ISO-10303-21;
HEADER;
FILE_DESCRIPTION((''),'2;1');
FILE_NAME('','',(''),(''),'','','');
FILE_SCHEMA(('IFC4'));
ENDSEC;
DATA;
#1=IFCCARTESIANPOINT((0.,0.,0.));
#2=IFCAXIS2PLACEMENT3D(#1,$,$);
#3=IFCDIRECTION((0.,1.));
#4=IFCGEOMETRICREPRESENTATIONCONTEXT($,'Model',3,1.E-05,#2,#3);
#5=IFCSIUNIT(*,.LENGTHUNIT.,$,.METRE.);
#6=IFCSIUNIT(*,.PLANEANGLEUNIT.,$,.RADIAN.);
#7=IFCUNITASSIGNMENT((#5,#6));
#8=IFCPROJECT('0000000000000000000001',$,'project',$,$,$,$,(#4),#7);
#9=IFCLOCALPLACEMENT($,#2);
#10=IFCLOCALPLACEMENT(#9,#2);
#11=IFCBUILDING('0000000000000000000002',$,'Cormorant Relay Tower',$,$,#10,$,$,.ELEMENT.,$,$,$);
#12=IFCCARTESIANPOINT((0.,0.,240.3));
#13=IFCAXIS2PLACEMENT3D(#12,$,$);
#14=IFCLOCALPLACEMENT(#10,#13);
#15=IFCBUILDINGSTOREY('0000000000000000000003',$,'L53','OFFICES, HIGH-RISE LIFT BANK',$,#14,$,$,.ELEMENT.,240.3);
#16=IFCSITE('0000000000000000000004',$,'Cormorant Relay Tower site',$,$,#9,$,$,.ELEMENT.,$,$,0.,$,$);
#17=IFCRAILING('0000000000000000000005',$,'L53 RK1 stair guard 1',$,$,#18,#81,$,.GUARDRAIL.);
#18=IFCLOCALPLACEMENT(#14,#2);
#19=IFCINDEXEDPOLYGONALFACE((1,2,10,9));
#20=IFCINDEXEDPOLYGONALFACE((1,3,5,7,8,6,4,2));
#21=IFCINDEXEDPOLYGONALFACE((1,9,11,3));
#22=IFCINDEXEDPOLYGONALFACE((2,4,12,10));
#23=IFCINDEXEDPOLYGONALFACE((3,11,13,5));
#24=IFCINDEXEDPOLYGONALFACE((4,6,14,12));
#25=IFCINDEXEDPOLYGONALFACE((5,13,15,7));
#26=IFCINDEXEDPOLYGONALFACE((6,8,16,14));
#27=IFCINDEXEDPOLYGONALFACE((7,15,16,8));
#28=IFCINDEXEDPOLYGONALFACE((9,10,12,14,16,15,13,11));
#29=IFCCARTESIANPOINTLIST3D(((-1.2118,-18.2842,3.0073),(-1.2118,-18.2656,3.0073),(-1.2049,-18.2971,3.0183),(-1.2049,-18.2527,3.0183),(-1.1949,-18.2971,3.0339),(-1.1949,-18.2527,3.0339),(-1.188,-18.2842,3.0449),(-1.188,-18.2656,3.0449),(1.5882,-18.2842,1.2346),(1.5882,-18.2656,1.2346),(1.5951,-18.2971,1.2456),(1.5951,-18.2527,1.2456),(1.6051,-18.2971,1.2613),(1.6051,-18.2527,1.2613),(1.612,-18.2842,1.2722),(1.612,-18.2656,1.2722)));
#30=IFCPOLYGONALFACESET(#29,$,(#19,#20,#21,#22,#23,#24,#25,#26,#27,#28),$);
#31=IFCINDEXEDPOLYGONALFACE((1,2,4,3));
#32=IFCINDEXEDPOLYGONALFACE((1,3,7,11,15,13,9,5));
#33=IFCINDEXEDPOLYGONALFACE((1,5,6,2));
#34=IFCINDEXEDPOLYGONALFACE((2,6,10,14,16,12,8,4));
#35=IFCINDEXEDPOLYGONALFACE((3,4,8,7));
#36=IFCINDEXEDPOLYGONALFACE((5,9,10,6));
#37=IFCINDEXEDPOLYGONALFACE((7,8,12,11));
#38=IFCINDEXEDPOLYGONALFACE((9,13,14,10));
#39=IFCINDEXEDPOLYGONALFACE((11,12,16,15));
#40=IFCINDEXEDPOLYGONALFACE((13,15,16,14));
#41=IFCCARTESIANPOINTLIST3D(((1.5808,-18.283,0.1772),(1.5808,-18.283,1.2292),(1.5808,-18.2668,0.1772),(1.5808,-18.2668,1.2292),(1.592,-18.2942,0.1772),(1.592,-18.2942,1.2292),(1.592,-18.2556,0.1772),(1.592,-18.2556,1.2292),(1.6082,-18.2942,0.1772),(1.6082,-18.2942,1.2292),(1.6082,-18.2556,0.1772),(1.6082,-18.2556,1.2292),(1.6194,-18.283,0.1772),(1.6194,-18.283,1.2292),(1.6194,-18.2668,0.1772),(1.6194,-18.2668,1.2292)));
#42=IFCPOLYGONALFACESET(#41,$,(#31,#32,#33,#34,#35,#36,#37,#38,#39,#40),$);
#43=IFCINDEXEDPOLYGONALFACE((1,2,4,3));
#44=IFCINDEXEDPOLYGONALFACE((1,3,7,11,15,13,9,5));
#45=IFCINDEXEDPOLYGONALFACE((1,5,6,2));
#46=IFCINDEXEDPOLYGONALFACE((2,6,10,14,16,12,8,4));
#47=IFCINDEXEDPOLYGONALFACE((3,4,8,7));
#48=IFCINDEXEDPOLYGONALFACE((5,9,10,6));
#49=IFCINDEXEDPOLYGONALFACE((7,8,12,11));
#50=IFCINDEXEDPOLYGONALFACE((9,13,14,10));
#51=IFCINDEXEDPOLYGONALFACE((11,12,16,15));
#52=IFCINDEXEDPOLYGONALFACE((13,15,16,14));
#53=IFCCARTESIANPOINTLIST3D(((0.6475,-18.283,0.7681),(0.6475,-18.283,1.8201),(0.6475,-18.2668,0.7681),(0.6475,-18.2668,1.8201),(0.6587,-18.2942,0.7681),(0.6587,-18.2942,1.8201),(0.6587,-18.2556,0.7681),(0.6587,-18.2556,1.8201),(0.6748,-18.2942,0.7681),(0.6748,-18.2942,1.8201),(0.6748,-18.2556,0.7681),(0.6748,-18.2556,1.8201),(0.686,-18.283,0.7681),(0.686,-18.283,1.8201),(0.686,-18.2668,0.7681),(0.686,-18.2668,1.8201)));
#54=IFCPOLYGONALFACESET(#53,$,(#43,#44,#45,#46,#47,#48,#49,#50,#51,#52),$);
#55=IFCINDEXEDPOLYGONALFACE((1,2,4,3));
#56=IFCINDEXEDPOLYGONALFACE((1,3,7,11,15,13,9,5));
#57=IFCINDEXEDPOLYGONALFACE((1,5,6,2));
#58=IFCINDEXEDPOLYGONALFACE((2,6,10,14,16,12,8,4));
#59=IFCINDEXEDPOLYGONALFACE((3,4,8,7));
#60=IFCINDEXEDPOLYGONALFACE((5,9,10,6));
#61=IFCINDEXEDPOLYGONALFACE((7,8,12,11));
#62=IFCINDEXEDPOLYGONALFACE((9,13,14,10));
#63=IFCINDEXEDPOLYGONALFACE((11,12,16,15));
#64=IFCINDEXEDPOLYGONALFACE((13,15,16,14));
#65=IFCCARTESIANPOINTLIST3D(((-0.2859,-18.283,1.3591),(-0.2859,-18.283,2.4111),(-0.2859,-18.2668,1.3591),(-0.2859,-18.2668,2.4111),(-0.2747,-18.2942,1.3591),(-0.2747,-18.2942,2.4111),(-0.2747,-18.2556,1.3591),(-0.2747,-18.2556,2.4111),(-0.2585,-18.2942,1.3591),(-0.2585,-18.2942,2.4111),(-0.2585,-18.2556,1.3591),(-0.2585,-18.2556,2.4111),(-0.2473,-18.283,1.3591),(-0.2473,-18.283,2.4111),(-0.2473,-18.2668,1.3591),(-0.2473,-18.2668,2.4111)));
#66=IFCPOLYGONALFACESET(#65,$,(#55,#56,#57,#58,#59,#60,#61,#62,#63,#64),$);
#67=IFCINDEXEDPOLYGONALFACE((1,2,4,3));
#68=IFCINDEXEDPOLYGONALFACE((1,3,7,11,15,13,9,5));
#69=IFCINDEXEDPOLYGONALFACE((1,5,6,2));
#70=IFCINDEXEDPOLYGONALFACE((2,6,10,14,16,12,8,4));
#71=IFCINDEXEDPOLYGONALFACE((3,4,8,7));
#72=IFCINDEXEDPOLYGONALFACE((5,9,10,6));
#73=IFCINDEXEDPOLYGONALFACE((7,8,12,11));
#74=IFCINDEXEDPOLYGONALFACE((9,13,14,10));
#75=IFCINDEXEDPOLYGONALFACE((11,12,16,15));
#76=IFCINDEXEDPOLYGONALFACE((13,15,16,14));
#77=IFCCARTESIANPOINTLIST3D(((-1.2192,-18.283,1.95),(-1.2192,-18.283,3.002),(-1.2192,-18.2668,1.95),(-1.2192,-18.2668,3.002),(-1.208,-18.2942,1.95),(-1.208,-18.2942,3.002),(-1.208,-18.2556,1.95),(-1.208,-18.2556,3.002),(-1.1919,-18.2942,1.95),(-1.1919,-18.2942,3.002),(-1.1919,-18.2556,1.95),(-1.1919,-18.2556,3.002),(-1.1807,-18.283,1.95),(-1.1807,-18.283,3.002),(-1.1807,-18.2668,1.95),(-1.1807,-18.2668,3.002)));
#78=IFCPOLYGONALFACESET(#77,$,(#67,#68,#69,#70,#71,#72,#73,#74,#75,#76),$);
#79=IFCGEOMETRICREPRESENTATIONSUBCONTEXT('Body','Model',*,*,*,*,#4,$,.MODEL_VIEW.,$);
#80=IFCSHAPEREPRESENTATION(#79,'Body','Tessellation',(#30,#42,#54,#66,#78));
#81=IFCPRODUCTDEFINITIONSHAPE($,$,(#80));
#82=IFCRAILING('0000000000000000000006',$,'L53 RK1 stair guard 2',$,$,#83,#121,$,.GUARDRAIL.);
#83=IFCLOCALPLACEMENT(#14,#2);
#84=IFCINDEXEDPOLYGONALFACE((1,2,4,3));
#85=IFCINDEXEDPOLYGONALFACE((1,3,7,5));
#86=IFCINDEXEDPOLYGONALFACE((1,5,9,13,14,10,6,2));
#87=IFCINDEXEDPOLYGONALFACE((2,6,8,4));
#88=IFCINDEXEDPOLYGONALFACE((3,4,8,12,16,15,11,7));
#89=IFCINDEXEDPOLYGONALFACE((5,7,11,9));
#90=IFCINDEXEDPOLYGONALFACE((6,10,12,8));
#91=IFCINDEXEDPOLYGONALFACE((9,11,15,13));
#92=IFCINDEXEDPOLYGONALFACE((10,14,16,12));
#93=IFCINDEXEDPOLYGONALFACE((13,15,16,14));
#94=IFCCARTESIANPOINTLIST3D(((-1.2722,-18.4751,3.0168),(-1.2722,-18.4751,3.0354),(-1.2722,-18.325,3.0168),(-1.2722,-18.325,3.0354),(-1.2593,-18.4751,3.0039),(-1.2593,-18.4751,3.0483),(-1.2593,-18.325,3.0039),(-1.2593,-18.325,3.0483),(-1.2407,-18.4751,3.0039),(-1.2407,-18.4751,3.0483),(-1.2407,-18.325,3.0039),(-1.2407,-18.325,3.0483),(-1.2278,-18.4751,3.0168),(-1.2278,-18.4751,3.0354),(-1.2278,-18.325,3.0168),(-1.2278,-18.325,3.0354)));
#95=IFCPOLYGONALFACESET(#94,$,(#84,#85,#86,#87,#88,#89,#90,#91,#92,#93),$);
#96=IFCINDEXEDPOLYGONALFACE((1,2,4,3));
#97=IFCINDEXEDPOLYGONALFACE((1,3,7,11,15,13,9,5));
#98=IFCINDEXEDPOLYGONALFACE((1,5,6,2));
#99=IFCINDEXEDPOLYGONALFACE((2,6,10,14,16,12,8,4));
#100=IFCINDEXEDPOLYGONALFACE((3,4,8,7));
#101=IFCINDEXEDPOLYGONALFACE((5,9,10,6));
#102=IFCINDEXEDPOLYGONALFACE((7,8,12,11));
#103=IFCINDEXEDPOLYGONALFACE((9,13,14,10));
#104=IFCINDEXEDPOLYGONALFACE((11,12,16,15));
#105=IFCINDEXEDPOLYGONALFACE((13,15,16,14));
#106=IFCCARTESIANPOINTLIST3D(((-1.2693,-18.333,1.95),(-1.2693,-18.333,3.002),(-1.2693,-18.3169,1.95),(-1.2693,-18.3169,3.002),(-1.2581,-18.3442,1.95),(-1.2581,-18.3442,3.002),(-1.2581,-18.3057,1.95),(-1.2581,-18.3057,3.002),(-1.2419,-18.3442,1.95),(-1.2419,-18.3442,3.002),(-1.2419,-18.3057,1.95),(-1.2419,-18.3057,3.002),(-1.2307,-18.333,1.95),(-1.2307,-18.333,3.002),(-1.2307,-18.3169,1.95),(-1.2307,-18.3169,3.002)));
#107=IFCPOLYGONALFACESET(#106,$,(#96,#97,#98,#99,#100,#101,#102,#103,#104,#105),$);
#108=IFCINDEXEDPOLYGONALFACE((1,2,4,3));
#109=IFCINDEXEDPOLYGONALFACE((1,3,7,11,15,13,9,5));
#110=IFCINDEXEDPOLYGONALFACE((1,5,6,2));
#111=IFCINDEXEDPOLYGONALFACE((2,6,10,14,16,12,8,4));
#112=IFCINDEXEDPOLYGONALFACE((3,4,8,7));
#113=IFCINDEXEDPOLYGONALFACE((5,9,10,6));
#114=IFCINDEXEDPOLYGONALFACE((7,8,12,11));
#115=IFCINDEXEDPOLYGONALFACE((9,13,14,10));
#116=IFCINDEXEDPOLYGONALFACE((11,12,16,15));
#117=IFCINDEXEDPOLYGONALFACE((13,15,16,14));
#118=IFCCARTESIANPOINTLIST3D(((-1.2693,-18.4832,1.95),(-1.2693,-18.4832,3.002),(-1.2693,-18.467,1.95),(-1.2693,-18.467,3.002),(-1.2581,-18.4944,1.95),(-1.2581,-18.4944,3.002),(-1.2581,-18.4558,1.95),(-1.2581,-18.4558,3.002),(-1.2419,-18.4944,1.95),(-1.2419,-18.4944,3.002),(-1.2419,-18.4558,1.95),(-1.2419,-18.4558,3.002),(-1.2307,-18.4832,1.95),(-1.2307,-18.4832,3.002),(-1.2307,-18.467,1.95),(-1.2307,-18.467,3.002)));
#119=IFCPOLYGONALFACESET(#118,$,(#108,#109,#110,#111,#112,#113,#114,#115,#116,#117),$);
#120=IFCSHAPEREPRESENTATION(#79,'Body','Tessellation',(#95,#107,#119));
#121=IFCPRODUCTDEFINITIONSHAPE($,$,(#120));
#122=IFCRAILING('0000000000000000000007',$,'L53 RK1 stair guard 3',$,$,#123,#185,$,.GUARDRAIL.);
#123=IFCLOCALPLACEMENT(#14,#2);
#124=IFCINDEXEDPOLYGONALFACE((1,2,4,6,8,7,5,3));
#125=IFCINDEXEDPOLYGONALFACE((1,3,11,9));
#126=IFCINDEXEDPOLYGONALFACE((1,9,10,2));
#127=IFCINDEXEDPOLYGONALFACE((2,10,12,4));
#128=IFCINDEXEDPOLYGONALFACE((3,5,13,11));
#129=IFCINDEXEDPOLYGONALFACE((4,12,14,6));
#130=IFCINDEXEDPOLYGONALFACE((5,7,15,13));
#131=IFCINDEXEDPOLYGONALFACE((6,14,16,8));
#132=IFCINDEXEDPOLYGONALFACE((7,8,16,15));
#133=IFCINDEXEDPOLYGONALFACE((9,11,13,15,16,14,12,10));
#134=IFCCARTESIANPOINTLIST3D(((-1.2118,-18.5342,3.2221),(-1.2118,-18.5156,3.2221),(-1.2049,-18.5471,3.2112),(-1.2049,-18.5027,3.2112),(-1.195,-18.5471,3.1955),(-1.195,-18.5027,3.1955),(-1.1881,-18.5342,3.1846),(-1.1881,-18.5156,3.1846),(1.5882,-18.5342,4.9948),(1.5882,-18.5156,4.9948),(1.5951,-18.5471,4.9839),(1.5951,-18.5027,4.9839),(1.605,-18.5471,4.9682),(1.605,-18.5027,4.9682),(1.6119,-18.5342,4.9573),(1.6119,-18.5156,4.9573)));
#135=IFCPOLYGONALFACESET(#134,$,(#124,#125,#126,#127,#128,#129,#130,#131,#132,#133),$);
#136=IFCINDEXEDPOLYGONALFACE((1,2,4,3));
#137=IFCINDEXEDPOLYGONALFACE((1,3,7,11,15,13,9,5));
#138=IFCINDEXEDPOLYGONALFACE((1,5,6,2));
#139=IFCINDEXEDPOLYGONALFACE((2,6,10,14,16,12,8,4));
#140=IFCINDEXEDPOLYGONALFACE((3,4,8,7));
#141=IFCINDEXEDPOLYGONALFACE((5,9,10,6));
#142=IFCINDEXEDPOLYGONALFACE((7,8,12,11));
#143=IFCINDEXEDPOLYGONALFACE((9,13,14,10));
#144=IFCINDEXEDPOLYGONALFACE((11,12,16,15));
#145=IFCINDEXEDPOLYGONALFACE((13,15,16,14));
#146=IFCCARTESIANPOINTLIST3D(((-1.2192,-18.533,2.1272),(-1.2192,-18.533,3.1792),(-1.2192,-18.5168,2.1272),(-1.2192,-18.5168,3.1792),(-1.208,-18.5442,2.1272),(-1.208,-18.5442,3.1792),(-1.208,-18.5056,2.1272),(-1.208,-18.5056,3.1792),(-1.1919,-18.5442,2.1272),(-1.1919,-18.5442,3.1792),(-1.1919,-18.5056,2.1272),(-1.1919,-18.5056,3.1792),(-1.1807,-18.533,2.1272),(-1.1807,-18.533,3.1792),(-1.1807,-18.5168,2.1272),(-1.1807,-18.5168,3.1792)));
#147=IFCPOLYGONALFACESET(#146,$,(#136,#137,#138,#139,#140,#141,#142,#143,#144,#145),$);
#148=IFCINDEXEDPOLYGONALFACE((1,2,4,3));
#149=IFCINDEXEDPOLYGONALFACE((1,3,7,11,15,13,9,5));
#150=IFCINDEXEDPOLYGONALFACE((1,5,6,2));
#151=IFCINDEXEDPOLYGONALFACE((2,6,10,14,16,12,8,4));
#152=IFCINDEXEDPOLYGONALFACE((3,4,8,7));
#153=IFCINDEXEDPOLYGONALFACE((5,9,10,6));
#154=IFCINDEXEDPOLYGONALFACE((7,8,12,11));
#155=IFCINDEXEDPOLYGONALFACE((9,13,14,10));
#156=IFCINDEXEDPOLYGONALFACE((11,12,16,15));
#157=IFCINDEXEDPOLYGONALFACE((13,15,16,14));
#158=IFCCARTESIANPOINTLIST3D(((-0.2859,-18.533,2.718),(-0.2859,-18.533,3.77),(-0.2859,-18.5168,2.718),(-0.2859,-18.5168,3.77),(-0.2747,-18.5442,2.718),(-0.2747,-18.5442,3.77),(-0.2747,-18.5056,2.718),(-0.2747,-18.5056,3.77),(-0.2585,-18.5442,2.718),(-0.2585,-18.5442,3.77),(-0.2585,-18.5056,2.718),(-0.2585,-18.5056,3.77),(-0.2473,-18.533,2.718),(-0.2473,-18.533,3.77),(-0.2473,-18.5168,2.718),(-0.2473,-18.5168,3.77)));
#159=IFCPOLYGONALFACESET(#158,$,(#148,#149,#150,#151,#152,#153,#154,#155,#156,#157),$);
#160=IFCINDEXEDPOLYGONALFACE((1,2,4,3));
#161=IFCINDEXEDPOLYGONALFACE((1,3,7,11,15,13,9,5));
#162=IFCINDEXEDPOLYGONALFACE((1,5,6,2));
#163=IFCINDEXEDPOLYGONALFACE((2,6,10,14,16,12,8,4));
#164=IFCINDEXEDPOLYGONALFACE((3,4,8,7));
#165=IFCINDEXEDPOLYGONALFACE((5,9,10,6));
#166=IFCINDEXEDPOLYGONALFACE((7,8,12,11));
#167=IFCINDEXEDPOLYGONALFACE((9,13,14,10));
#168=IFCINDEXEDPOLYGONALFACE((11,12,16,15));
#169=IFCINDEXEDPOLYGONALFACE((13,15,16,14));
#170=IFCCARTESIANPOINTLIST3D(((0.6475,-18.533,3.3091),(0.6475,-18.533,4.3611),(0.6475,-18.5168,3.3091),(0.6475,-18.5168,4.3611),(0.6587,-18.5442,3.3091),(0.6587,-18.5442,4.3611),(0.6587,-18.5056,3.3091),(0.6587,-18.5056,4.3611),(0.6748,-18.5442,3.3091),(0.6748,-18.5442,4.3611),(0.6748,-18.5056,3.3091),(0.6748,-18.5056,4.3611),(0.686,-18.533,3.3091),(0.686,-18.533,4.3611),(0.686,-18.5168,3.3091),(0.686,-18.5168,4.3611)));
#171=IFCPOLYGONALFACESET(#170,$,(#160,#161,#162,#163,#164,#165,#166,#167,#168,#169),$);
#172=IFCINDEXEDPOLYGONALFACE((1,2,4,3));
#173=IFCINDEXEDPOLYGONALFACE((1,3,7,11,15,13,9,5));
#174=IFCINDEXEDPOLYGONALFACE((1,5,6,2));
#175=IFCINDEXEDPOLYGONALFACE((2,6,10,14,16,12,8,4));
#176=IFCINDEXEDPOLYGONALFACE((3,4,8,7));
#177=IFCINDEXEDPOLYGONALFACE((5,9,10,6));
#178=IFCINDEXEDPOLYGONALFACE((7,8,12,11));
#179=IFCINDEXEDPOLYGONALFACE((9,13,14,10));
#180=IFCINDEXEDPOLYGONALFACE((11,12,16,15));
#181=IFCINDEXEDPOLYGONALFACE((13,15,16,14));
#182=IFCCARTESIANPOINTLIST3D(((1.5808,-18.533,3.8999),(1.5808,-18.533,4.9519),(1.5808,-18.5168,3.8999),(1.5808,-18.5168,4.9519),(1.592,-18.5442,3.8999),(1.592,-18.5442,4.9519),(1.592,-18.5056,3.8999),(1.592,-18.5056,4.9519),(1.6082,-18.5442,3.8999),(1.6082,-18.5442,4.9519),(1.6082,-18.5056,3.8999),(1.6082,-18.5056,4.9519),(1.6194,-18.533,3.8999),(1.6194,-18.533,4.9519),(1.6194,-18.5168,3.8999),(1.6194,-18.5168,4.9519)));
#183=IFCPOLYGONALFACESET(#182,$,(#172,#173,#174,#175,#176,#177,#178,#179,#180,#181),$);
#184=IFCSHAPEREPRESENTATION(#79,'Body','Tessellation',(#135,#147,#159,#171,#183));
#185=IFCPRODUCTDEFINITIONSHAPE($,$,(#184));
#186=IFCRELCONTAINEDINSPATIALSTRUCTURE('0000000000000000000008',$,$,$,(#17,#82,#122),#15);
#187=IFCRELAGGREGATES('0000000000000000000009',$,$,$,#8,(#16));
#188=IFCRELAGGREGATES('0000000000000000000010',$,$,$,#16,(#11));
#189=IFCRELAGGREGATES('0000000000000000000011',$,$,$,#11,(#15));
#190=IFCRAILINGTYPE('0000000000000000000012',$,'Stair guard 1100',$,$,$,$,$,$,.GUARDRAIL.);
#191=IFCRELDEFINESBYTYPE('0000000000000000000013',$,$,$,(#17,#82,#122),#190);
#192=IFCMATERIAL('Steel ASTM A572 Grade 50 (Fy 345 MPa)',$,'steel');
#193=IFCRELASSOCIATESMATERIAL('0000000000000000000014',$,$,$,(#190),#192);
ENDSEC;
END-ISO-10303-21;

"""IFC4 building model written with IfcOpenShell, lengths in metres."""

from ifc_helpers import new_model, si_unit, direction, frame, origin, place, context, subcontext, project, spatial, polyline, outline, extrude, material, type_object, element, save


model = new_model("IFC4")

# Units and contexts
model_context = context("Model", 3, precision=1e-05, world=origin(), true_north=direction((0.0, 1.0)))
body_context = subcontext(model_context, "Body", "Model", "MODEL_VIEW")
ifc_project = project(units=[si_unit("LENGTHUNIT", "METRE"), si_unit("PLANEANGLEUNIT", "RADIAN")], contexts=[model_context])

# Site, building, storey
site_placement = place(None, origin())
site = spatial("IfcSite", under=ifc_project, at=site_placement, Name="Cormorant Relay Tower site", CompositionType="ELEMENT", RefElevation=0.0)
building_placement = place(site_placement, origin())
building = spatial("IfcBuilding", under=site, at=building_placement, Name="Cormorant Relay Tower", CompositionType="ELEMENT")
storey_placement = place(building_placement, frame((0.0, 0.0, 240.3)))
storey = spatial("IfcBuildingStorey", under=building, at=storey_placement, Name="L53", Description="OFFICES, HIGH-RISE LIFT BANK", CompositionType="ELEMENT", Elevation=240.3)

# Railings
ifc_material_1 = material(Name="Steel ASTM A572 Grade 50 (Fy 345 MPa)", Category="steel")
railing_type_1 = type_object("IfcRailingType", Name="Stair guard 1100", PredefinedType="GUARDRAIL", material=ifc_material_1)
railing_1_placement = place(storey_placement, frame((1.6001, -18.2749, 0.1772)))
element("IfcRailing", 1, at=railing_1_placement, inside=storey, type_object=railing_type_1, Name="L53 RK1 stair guard 1", PredefinedType="GUARDRAIL", context=body_context, shape_type="SweptSolid", body=[
    extrude(outline(polyline([(0.0222, 0.0093), (0.0093, 0.0222), (-0.0093, 0.0222), (-0.0222, 0.0093), (-0.0222, -0.0093), (-0.0093, -0.0222), (0.0093, -0.0222), (0.0222, -0.0093), (0.0222, 0.0093)])), frame((0.0, 0.0, 1.0762), z_axis=(-0.844909, 0.0, 0.53491), x_axis=(0.0, -1.0, 0.0)), (0.0, 0.0, 1.0), 3.314),
    extrude(outline(polyline([(0.0193, 0.0081), (0.0081, 0.0193), (-0.0081, 0.0193), (-0.0193, 0.0081), (-0.0193, -0.0081), (-0.0081, -0.0193), (0.0081, -0.0193), (0.0193, -0.0081), (0.0193, 0.0081)])), origin(), (0.0, 0.0, 1.0), 1.052),
    extrude(outline(polyline([(0.0193, 0.0081), (0.0081, 0.0193), (-0.0081, 0.0193), (-0.0193, 0.0081), (-0.0193, -0.0081), (-0.0081, -0.0193), (0.0081, -0.0193), (0.0193, -0.0081), (0.0193, 0.0081)])), frame((-0.9333, 0.0, 0.5908)), (0.0, 0.0, 1.0), 1.052),
    extrude(outline(polyline([(0.0193, 0.0081), (0.0081, 0.0193), (-0.0081, 0.0193), (-0.0193, 0.0081), (-0.0193, -0.0081), (-0.0081, -0.0193), (0.0081, -0.0193), (0.0193, -0.0081), (0.0193, 0.0081)])), frame((-1.8667, 0.0, 1.1819)), (0.0, 0.0, 1.0), 1.052),
    extrude(outline(polyline([(0.0193, 0.0081), (0.0081, 0.0193), (-0.0081, 0.0193), (-0.0193, 0.0081), (-0.0193, -0.0081), (-0.0081, -0.0193), (0.0081, -0.0193), (0.0193, -0.0081), (0.0193, 0.0081)])), frame((-2.8, 0.0, 1.7727)), (0.0, 0.0, 1.0), 1.052),
])
railing_2_placement = place(storey_placement, frame((-1.25, -18.325, 1.95)))
element("IfcRailing", 2, at=railing_2_placement, inside=storey, type_object=railing_type_1, Name="L53 RK1 stair guard 2", PredefinedType="GUARDRAIL", context=body_context, shape_type="SweptSolid", body=[
    extrude(outline(polyline([(0.0222, 0.0093), (0.0093, 0.0222), (-0.0093, 0.0222), (-0.0222, 0.0093), (-0.0222, -0.0093), (-0.0093, -0.0222), (0.0093, -0.0222), (0.0222, -0.0093), (0.0222, 0.0093)])), frame((0.0, 0.0, 1.0762), z_axis=(0.0, -1.0, 0.0), x_axis=(1.0, 0.0, 0.0)), (0.0, 0.0, 1.0), 0.1501),
    extrude(outline(polyline([(0.0193, 0.0081), (0.0081, 0.0193), (-0.0081, 0.0193), (-0.0193, 0.0081), (-0.0193, -0.0081), (-0.0081, -0.0193), (0.0081, -0.0193), (0.0193, -0.0081), (0.0193, 0.0081)])), origin(), (0.0, 0.0, 1.0), 1.052),
    extrude(outline(polyline([(0.0193, 0.0081), (0.0081, 0.0193), (-0.0081, 0.0193), (-0.0193, 0.0081), (-0.0193, -0.0081), (-0.0081, -0.0193), (0.0081, -0.0193), (0.0193, -0.0081), (0.0193, 0.0081)])), frame((0.0, -0.1501, 0.0)), (0.0, 0.0, 1.0), 1.052),
])
railing_3_placement = place(storey_placement, frame((-1.2, -18.5249, 2.1272)))
element("IfcRailing", 3, at=railing_3_placement, inside=storey, type_object=railing_type_1, Name="L53 RK1 stair guard 3", PredefinedType="GUARDRAIL", context=body_context, shape_type="SweptSolid", body=[
    extrude(outline(polyline([(0.0222, 0.0093), (0.0093, 0.0222), (-0.0093, 0.0222), (-0.0222, 0.0093), (-0.0222, -0.0093), (-0.0093, -0.0222), (0.0093, -0.0222), (0.0222, -0.0093), (0.0222, 0.0093)])), frame((0.0, 0.0, 1.0762), z_axis=(0.844909, 0.0, 0.53491), x_axis=(0.0, 1.0, 0.0)), (0.0, 0.0, 1.0), 3.314),
    extrude(outline(polyline([(0.0193, 0.0081), (0.0081, 0.0193), (-0.0081, 0.0193), (-0.0193, 0.0081), (-0.0193, -0.0081), (-0.0081, -0.0193), (0.0081, -0.0193), (0.0193, -0.0081), (0.0193, 0.0081)])), origin(), (0.0, 0.0, 1.0), 1.052),
    extrude(outline(polyline([(0.0193, 0.0081), (0.0081, 0.0193), (-0.0081, 0.0193), (-0.0193, 0.0081), (-0.0193, -0.0081), (-0.0081, -0.0193), (0.0081, -0.0193), (0.0193, -0.0081), (0.0193, 0.0081)])), frame((0.9333, 0.0, 0.5908)), (0.0, 0.0, 1.0), 1.052),
    extrude(outline(polyline([(0.0193, 0.0081), (0.0081, 0.0193), (-0.0081, 0.0193), (-0.0193, 0.0081), (-0.0193, -0.0081), (-0.0081, -0.0193), (0.0081, -0.0193), (0.0193, -0.0081), (0.0193, 0.0081)])), frame((1.8667, 0.0, 1.1819)), (0.0, 0.0, 1.0), 1.052),
    extrude(outline(polyline([(0.0193, 0.0081), (0.0081, 0.0193), (-0.0081, 0.0193), (-0.0193, 0.0081), (-0.0193, -0.0081), (-0.0081, -0.0193), (0.0081, -0.0193), (0.0193, -0.0081), (0.0193, 0.0081)])), frame((2.8, 0.0, 1.7727)), (0.0, 0.0, 1.0), 1.052),
])

save(model, "model.ifc")
